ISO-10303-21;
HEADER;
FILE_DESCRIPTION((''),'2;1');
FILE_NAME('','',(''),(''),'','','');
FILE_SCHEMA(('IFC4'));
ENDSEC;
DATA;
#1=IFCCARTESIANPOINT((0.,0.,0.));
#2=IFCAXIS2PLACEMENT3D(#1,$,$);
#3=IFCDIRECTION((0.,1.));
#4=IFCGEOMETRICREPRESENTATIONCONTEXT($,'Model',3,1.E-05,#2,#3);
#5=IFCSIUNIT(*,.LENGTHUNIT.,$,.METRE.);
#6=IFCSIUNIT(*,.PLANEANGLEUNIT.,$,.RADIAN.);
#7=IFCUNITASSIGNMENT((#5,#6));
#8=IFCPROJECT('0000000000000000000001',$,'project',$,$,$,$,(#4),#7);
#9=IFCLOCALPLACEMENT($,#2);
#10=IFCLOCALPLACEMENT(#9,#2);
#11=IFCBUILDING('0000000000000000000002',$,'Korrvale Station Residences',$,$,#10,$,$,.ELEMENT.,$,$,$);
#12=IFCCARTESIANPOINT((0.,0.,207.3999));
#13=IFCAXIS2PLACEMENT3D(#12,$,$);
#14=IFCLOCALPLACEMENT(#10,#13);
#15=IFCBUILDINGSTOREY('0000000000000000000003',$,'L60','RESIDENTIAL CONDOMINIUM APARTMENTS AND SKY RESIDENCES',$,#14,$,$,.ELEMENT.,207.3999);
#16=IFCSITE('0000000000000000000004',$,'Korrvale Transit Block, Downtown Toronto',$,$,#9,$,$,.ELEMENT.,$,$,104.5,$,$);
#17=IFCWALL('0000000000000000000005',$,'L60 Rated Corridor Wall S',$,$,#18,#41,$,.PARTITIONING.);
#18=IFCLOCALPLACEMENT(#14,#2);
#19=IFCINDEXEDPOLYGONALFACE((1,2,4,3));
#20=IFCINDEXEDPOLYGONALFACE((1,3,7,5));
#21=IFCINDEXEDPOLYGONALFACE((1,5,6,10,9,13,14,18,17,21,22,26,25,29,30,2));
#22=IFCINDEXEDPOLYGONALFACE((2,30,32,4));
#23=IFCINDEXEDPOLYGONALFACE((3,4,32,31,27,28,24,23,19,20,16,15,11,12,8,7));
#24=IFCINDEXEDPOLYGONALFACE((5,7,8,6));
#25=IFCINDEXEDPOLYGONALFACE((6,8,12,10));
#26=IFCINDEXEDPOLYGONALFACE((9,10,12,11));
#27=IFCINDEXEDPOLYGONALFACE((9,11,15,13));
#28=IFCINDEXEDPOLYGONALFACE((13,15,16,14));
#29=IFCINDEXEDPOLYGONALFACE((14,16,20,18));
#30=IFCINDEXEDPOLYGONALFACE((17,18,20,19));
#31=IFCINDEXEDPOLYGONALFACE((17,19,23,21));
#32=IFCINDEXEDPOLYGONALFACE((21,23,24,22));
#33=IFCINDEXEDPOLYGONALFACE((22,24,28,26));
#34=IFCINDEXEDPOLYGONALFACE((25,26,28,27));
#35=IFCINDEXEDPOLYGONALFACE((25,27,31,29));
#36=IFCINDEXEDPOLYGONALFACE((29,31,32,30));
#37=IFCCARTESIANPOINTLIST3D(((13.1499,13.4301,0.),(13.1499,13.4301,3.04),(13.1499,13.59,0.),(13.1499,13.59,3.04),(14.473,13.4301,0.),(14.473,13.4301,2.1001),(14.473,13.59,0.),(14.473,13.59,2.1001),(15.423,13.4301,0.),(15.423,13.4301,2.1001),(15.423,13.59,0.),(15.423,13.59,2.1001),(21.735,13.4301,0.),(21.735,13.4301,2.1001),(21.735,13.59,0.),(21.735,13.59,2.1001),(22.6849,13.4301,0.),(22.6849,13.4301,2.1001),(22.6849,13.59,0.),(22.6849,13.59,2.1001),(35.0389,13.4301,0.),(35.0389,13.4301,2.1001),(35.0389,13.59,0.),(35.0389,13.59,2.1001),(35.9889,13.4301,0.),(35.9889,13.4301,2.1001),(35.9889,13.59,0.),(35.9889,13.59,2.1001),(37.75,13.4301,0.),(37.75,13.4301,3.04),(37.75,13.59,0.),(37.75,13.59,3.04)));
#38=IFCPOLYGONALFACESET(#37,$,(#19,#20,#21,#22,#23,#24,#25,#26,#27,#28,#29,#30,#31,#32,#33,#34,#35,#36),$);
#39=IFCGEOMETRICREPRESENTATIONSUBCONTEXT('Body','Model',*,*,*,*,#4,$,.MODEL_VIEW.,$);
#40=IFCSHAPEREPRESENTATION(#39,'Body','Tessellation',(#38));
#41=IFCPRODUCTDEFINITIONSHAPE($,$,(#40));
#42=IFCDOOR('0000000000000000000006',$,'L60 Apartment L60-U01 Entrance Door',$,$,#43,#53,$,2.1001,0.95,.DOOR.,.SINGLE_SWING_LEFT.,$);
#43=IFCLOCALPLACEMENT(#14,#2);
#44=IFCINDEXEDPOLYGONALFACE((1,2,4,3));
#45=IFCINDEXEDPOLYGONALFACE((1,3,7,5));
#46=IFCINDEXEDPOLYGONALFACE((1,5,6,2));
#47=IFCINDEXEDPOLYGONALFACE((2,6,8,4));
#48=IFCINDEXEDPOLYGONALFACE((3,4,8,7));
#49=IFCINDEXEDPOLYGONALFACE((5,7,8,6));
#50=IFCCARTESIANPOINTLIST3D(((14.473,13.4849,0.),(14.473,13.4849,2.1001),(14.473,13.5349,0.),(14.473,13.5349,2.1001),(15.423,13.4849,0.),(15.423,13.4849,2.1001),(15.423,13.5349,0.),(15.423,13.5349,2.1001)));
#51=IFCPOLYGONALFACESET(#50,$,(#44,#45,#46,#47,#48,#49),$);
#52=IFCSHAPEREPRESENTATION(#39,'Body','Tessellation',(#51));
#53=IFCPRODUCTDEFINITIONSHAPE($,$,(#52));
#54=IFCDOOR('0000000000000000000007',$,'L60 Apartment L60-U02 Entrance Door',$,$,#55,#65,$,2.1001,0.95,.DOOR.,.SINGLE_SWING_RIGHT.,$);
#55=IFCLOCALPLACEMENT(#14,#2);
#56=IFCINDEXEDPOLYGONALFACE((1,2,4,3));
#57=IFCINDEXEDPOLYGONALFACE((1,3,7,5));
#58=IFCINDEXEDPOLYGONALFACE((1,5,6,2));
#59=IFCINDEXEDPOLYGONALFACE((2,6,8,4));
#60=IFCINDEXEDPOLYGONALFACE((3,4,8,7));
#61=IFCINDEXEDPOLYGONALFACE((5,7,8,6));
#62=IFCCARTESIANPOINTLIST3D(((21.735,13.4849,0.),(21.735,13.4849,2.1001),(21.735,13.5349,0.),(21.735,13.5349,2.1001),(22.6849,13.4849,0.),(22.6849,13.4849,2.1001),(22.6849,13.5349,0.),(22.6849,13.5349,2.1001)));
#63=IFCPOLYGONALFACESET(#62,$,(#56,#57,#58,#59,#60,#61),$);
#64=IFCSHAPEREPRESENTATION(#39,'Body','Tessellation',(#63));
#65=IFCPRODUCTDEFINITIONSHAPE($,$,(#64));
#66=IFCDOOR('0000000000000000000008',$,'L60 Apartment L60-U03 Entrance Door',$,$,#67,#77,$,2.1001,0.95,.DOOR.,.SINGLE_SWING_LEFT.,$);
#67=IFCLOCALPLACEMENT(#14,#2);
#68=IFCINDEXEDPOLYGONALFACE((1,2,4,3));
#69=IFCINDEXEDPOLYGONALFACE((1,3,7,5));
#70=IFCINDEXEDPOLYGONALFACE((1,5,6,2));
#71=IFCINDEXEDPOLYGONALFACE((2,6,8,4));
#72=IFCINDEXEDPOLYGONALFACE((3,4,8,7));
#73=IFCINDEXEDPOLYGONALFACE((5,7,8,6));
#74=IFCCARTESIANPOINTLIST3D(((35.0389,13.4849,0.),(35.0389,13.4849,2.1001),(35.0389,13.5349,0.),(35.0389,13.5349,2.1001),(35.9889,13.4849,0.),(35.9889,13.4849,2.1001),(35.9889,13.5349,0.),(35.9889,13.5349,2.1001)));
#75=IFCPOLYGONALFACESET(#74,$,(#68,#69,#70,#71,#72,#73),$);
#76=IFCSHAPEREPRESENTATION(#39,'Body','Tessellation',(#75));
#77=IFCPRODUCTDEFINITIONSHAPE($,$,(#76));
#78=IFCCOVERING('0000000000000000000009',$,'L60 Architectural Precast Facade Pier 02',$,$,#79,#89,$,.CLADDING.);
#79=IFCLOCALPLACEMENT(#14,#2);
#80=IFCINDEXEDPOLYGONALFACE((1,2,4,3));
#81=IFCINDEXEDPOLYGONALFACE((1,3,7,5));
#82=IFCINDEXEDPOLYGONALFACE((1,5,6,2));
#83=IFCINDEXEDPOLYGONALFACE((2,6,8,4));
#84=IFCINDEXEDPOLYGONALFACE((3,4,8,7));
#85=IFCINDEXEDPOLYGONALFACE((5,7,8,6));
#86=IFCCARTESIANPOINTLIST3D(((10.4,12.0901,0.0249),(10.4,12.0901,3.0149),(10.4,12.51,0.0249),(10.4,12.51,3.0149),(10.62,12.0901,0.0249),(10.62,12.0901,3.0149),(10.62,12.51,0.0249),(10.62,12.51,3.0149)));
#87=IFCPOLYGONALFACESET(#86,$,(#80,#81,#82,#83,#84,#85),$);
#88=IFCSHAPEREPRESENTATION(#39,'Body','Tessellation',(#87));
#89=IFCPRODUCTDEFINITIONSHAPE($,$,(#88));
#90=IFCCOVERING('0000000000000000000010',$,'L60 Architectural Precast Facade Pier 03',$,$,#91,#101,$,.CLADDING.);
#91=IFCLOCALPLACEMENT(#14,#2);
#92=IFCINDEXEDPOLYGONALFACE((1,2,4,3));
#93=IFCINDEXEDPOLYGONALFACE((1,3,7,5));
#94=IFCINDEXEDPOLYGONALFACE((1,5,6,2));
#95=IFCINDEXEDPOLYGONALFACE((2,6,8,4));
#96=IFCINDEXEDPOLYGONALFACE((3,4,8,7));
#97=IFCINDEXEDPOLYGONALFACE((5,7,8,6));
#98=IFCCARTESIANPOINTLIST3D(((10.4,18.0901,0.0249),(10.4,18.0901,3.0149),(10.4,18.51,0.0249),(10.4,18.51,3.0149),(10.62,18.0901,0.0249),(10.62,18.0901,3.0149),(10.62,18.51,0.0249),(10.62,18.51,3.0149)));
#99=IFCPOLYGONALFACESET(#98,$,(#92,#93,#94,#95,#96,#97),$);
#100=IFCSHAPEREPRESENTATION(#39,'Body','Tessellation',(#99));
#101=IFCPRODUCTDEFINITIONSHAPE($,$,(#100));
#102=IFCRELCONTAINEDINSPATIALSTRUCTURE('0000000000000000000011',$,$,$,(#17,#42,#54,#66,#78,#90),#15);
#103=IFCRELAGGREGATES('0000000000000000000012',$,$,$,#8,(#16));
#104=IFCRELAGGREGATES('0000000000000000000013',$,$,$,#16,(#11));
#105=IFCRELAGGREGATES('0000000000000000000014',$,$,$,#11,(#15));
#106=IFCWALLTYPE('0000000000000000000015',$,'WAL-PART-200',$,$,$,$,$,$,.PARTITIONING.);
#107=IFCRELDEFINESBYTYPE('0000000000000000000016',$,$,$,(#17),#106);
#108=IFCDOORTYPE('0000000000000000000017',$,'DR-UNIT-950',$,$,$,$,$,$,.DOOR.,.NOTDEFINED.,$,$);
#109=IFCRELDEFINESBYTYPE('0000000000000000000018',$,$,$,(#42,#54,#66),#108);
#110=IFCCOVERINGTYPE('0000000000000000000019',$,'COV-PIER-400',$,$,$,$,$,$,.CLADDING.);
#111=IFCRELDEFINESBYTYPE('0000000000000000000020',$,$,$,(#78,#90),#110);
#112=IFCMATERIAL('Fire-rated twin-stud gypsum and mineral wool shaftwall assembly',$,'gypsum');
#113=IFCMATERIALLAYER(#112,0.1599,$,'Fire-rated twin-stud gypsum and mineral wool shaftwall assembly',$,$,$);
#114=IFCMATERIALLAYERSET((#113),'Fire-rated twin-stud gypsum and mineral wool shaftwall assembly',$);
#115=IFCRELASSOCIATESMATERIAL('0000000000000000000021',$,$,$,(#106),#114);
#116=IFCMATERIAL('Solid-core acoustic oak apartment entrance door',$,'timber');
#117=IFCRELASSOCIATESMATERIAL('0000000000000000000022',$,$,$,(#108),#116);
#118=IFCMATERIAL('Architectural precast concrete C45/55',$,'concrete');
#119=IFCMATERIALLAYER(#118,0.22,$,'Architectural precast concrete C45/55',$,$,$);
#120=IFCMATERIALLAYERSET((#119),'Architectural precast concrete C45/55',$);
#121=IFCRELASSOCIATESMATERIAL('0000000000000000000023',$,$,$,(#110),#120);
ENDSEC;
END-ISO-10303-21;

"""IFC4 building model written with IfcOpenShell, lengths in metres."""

from ifc_helpers import new_model, si_unit, direction, frame, frame_2d, origin, origin_2d, place, context, subcontext, project, spatial, rectangle, extrude, material, layer, layer_set, type_object, element, fill, save


model = new_model("IFC4")

# Units and contexts
model_context = context("Model", 3, precision=1e-05, world=origin(), true_north=direction((0.0, 1.0)))
body_context = subcontext(model_context, "Body", "Model", "MODEL_VIEW")
ifc_project = project(units=[si_unit("LENGTHUNIT", "METRE"), si_unit("PLANEANGLEUNIT", "RADIAN")], contexts=[model_context])

# Site, building, storey
site_placement = place(None, origin())
site = spatial("IfcSite", under=ifc_project, at=site_placement, Name="Korrvale Transit Block, Downtown Toronto", CompositionType="ELEMENT", RefElevation=104.5)
building_placement = place(site_placement, origin())
building = spatial("IfcBuilding", under=site, at=building_placement, Name="Korrvale Station Residences", CompositionType="ELEMENT")
storey_placement = place(building_placement, frame((0.0, 0.0, 207.3999)))
storey = spatial("IfcBuildingStorey", under=building, at=storey_placement, Name="L60", Description="RESIDENTIAL CONDOMINIUM APARTMENTS AND SKY RESIDENCES", CompositionType="ELEMENT", Elevation=207.3999)

# Shared definitions
ifc_material_1 = material(Name="Fire-rated twin-stud gypsum and mineral wool shaftwall assembly", Category="gypsum")
ifc_layer_1 = layer(ifc_material_1, 0.1599, Name="Fire-rated twin-stud gypsum and mineral wool shaftwall assembly")
ifc_layer_set_1 = layer_set([ifc_layer_1], Name="Fire-rated twin-stud gypsum and mineral wool shaftwall assembly")
wall_type_1 = type_object("IfcWallType", Name="WAL-PART-200", PredefinedType="PARTITIONING", material=ifc_layer_set_1)

# Shared definitions
ifc_material_2 = material(Name="Solid-core acoustic oak apartment entrance door", Category="timber")
door_type_1 = type_object("IfcDoorType", Name="DR-UNIT-950", OperationType="NOTDEFINED", PredefinedType="DOOR", material=ifc_material_2)

# Wall, openings, doors
wall_1_placement = place(storey_placement, frame((13.1499, 13.51, 0.0), z_axis=(0.0, 0.0, 1.0), x_axis=(1.0, 0.0, 0.0)))
wall_1 = element("IfcWall", 1, at=wall_1_placement, inside=storey, type_object=wall_type_1, Name="L60 Rated Corridor Wall S", PredefinedType="PARTITIONING", context=body_context, shape_type="SweptSolid", body=[
    extrude(rectangle(XDim=24.6001, YDim=0.1599, at=frame_2d((12.3, 0.0))), origin(), (0.0, 0.0, 1.0), 3.04),
])
opening_1_placement = place(wall_1_placement, frame((1.323, 0.0, 0.0)))
opening_1 = element("IfcOpeningElement", 2, at=opening_1_placement, cuts=wall_1, PredefinedType="OPENING", context=body_context, shape_type="SweptSolid", body=[
    extrude(rectangle(XDim=0.95, YDim=2.1001, at=frame_2d((0.4751, 1.05))), frame((0.0, 0.0898, 0.0), z_axis=(0.0, -1.0, 0.0), x_axis=(1.0, 0.0, 0.0)), (0.0, 0.0, 1.0), 0.1799),
])
opening_2_placement = place(wall_1_placement, frame((8.585, 0.0, 0.0)))
opening_2 = element("IfcOpeningElement", 3, at=opening_2_placement, cuts=wall_1, PredefinedType="OPENING", context=body_context, shape_type="SweptSolid", body=[
    extrude(rectangle(XDim=0.95, YDim=2.1001, at=frame_2d((0.4751, 1.05))), frame((0.0, 0.0898, 0.0), z_axis=(0.0, -1.0, 0.0), x_axis=(1.0, 0.0, 0.0)), (0.0, 0.0, 1.0), 0.1799),
])
opening_3_placement = place(wall_1_placement, frame((21.8889, 0.0, 0.0)))
opening_3 = element("IfcOpeningElement", 4, at=opening_3_placement, cuts=wall_1, PredefinedType="OPENING", context=body_context, shape_type="SweptSolid", body=[
    extrude(rectangle(XDim=0.95, YDim=2.1001, at=frame_2d((0.4751, 1.05))), frame((0.0, 0.0898, 0.0), z_axis=(0.0, -1.0, 0.0), x_axis=(1.0, 0.0, 0.0)), (0.0, 0.0, 1.0), 0.1799),
])
door_1_placement = place(opening_1_placement, origin())
door_1 = element("IfcDoor", 5, at=door_1_placement, inside=storey, type_object=door_type_1, Name="L60 Apartment L60-U01 Entrance Door", OperationType="SINGLE_SWING_LEFT", OverallHeight=2.1001, OverallWidth=0.95, PredefinedType="DOOR", context=body_context, shape_type="SweptSolid", body=[
    extrude(rectangle(XDim=0.95, YDim=2.1001, at=frame_2d((0.4751, 1.05))), frame((0.0, 0.0249, 0.0), z_axis=(0.0, -1.0, 0.0), x_axis=(1.0, 0.0, 0.0)), (0.0, 0.0, 1.0), 0.05),
])
fill(opening_1, door_1)
door_2_placement = place(opening_2_placement, origin())
door_2 = element("IfcDoor", 6, at=door_2_placement, inside=storey, type_object=door_type_1, Name="L60 Apartment L60-U02 Entrance Door", OperationType="SINGLE_SWING_RIGHT", OverallHeight=2.1001, OverallWidth=0.95, PredefinedType="DOOR", context=body_context, shape_type="SweptSolid", body=[
    extrude(rectangle(XDim=0.95, YDim=2.1001, at=frame_2d((0.4751, 1.05))), frame((0.0, 0.0249, 0.0), z_axis=(0.0, -1.0, 0.0), x_axis=(1.0, 0.0, 0.0)), (0.0, 0.0, 1.0), 0.05),
])
fill(opening_2, door_2)
door_3_placement = place(opening_3_placement, origin())
door_3 = element("IfcDoor", 7, at=door_3_placement, inside=storey, type_object=door_type_1, Name="L60 Apartment L60-U03 Entrance Door", OperationType="SINGLE_SWING_LEFT", OverallHeight=2.1001, OverallWidth=0.95, PredefinedType="DOOR", context=body_context, shape_type="SweptSolid", body=[
    extrude(rectangle(XDim=0.95, YDim=2.1001, at=frame_2d((0.4751, 1.05))), frame((0.0, 0.0249, 0.0), z_axis=(0.0, -1.0, 0.0), x_axis=(1.0, 0.0, 0.0)), (0.0, 0.0, 1.0), 0.05),
])
fill(opening_3, door_3)

# Coverings
ifc_material_3 = material(Name="Architectural precast concrete C45/55", Category="concrete")
ifc_layer_2 = layer(ifc_material_3, 0.22, Name="Architectural precast concrete C45/55")
ifc_layer_set_2 = layer_set([ifc_layer_2], Name="Architectural precast concrete C45/55")
covering_type = type_object("IfcCoveringType", Name="COV-PIER-400", PredefinedType="CLADDING", material=ifc_layer_set_2)
for number, where, z_axis, x_axis, name in (
    (8, (10.51, 12.3, 0.0249), (0.0, 0.0, 1.0), (0.0, 1.0, 0.0), "L60 Architectural Precast Facade Pier 02"),
    (9, (10.51, 18.3, 0.0249), (0.0, 0.0, 1.0), (0.0, 1.0, 0.0), "L60 Architectural Precast Facade Pier 03"),
):
    element("IfcCovering", number, at=place(storey_placement, frame(where, z_axis=z_axis, x_axis=x_axis)), inside=storey, type_object=covering_type, Name=name, PredefinedType="CLADDING", context=body_context, shape_type="SweptSolid", body=[
        extrude(rectangle(XDim=0.4199, YDim=0.22, at=origin_2d()), origin(), (0.0, 0.0, 1.0), 2.99),
    ])

save(model, "model.ifc")
